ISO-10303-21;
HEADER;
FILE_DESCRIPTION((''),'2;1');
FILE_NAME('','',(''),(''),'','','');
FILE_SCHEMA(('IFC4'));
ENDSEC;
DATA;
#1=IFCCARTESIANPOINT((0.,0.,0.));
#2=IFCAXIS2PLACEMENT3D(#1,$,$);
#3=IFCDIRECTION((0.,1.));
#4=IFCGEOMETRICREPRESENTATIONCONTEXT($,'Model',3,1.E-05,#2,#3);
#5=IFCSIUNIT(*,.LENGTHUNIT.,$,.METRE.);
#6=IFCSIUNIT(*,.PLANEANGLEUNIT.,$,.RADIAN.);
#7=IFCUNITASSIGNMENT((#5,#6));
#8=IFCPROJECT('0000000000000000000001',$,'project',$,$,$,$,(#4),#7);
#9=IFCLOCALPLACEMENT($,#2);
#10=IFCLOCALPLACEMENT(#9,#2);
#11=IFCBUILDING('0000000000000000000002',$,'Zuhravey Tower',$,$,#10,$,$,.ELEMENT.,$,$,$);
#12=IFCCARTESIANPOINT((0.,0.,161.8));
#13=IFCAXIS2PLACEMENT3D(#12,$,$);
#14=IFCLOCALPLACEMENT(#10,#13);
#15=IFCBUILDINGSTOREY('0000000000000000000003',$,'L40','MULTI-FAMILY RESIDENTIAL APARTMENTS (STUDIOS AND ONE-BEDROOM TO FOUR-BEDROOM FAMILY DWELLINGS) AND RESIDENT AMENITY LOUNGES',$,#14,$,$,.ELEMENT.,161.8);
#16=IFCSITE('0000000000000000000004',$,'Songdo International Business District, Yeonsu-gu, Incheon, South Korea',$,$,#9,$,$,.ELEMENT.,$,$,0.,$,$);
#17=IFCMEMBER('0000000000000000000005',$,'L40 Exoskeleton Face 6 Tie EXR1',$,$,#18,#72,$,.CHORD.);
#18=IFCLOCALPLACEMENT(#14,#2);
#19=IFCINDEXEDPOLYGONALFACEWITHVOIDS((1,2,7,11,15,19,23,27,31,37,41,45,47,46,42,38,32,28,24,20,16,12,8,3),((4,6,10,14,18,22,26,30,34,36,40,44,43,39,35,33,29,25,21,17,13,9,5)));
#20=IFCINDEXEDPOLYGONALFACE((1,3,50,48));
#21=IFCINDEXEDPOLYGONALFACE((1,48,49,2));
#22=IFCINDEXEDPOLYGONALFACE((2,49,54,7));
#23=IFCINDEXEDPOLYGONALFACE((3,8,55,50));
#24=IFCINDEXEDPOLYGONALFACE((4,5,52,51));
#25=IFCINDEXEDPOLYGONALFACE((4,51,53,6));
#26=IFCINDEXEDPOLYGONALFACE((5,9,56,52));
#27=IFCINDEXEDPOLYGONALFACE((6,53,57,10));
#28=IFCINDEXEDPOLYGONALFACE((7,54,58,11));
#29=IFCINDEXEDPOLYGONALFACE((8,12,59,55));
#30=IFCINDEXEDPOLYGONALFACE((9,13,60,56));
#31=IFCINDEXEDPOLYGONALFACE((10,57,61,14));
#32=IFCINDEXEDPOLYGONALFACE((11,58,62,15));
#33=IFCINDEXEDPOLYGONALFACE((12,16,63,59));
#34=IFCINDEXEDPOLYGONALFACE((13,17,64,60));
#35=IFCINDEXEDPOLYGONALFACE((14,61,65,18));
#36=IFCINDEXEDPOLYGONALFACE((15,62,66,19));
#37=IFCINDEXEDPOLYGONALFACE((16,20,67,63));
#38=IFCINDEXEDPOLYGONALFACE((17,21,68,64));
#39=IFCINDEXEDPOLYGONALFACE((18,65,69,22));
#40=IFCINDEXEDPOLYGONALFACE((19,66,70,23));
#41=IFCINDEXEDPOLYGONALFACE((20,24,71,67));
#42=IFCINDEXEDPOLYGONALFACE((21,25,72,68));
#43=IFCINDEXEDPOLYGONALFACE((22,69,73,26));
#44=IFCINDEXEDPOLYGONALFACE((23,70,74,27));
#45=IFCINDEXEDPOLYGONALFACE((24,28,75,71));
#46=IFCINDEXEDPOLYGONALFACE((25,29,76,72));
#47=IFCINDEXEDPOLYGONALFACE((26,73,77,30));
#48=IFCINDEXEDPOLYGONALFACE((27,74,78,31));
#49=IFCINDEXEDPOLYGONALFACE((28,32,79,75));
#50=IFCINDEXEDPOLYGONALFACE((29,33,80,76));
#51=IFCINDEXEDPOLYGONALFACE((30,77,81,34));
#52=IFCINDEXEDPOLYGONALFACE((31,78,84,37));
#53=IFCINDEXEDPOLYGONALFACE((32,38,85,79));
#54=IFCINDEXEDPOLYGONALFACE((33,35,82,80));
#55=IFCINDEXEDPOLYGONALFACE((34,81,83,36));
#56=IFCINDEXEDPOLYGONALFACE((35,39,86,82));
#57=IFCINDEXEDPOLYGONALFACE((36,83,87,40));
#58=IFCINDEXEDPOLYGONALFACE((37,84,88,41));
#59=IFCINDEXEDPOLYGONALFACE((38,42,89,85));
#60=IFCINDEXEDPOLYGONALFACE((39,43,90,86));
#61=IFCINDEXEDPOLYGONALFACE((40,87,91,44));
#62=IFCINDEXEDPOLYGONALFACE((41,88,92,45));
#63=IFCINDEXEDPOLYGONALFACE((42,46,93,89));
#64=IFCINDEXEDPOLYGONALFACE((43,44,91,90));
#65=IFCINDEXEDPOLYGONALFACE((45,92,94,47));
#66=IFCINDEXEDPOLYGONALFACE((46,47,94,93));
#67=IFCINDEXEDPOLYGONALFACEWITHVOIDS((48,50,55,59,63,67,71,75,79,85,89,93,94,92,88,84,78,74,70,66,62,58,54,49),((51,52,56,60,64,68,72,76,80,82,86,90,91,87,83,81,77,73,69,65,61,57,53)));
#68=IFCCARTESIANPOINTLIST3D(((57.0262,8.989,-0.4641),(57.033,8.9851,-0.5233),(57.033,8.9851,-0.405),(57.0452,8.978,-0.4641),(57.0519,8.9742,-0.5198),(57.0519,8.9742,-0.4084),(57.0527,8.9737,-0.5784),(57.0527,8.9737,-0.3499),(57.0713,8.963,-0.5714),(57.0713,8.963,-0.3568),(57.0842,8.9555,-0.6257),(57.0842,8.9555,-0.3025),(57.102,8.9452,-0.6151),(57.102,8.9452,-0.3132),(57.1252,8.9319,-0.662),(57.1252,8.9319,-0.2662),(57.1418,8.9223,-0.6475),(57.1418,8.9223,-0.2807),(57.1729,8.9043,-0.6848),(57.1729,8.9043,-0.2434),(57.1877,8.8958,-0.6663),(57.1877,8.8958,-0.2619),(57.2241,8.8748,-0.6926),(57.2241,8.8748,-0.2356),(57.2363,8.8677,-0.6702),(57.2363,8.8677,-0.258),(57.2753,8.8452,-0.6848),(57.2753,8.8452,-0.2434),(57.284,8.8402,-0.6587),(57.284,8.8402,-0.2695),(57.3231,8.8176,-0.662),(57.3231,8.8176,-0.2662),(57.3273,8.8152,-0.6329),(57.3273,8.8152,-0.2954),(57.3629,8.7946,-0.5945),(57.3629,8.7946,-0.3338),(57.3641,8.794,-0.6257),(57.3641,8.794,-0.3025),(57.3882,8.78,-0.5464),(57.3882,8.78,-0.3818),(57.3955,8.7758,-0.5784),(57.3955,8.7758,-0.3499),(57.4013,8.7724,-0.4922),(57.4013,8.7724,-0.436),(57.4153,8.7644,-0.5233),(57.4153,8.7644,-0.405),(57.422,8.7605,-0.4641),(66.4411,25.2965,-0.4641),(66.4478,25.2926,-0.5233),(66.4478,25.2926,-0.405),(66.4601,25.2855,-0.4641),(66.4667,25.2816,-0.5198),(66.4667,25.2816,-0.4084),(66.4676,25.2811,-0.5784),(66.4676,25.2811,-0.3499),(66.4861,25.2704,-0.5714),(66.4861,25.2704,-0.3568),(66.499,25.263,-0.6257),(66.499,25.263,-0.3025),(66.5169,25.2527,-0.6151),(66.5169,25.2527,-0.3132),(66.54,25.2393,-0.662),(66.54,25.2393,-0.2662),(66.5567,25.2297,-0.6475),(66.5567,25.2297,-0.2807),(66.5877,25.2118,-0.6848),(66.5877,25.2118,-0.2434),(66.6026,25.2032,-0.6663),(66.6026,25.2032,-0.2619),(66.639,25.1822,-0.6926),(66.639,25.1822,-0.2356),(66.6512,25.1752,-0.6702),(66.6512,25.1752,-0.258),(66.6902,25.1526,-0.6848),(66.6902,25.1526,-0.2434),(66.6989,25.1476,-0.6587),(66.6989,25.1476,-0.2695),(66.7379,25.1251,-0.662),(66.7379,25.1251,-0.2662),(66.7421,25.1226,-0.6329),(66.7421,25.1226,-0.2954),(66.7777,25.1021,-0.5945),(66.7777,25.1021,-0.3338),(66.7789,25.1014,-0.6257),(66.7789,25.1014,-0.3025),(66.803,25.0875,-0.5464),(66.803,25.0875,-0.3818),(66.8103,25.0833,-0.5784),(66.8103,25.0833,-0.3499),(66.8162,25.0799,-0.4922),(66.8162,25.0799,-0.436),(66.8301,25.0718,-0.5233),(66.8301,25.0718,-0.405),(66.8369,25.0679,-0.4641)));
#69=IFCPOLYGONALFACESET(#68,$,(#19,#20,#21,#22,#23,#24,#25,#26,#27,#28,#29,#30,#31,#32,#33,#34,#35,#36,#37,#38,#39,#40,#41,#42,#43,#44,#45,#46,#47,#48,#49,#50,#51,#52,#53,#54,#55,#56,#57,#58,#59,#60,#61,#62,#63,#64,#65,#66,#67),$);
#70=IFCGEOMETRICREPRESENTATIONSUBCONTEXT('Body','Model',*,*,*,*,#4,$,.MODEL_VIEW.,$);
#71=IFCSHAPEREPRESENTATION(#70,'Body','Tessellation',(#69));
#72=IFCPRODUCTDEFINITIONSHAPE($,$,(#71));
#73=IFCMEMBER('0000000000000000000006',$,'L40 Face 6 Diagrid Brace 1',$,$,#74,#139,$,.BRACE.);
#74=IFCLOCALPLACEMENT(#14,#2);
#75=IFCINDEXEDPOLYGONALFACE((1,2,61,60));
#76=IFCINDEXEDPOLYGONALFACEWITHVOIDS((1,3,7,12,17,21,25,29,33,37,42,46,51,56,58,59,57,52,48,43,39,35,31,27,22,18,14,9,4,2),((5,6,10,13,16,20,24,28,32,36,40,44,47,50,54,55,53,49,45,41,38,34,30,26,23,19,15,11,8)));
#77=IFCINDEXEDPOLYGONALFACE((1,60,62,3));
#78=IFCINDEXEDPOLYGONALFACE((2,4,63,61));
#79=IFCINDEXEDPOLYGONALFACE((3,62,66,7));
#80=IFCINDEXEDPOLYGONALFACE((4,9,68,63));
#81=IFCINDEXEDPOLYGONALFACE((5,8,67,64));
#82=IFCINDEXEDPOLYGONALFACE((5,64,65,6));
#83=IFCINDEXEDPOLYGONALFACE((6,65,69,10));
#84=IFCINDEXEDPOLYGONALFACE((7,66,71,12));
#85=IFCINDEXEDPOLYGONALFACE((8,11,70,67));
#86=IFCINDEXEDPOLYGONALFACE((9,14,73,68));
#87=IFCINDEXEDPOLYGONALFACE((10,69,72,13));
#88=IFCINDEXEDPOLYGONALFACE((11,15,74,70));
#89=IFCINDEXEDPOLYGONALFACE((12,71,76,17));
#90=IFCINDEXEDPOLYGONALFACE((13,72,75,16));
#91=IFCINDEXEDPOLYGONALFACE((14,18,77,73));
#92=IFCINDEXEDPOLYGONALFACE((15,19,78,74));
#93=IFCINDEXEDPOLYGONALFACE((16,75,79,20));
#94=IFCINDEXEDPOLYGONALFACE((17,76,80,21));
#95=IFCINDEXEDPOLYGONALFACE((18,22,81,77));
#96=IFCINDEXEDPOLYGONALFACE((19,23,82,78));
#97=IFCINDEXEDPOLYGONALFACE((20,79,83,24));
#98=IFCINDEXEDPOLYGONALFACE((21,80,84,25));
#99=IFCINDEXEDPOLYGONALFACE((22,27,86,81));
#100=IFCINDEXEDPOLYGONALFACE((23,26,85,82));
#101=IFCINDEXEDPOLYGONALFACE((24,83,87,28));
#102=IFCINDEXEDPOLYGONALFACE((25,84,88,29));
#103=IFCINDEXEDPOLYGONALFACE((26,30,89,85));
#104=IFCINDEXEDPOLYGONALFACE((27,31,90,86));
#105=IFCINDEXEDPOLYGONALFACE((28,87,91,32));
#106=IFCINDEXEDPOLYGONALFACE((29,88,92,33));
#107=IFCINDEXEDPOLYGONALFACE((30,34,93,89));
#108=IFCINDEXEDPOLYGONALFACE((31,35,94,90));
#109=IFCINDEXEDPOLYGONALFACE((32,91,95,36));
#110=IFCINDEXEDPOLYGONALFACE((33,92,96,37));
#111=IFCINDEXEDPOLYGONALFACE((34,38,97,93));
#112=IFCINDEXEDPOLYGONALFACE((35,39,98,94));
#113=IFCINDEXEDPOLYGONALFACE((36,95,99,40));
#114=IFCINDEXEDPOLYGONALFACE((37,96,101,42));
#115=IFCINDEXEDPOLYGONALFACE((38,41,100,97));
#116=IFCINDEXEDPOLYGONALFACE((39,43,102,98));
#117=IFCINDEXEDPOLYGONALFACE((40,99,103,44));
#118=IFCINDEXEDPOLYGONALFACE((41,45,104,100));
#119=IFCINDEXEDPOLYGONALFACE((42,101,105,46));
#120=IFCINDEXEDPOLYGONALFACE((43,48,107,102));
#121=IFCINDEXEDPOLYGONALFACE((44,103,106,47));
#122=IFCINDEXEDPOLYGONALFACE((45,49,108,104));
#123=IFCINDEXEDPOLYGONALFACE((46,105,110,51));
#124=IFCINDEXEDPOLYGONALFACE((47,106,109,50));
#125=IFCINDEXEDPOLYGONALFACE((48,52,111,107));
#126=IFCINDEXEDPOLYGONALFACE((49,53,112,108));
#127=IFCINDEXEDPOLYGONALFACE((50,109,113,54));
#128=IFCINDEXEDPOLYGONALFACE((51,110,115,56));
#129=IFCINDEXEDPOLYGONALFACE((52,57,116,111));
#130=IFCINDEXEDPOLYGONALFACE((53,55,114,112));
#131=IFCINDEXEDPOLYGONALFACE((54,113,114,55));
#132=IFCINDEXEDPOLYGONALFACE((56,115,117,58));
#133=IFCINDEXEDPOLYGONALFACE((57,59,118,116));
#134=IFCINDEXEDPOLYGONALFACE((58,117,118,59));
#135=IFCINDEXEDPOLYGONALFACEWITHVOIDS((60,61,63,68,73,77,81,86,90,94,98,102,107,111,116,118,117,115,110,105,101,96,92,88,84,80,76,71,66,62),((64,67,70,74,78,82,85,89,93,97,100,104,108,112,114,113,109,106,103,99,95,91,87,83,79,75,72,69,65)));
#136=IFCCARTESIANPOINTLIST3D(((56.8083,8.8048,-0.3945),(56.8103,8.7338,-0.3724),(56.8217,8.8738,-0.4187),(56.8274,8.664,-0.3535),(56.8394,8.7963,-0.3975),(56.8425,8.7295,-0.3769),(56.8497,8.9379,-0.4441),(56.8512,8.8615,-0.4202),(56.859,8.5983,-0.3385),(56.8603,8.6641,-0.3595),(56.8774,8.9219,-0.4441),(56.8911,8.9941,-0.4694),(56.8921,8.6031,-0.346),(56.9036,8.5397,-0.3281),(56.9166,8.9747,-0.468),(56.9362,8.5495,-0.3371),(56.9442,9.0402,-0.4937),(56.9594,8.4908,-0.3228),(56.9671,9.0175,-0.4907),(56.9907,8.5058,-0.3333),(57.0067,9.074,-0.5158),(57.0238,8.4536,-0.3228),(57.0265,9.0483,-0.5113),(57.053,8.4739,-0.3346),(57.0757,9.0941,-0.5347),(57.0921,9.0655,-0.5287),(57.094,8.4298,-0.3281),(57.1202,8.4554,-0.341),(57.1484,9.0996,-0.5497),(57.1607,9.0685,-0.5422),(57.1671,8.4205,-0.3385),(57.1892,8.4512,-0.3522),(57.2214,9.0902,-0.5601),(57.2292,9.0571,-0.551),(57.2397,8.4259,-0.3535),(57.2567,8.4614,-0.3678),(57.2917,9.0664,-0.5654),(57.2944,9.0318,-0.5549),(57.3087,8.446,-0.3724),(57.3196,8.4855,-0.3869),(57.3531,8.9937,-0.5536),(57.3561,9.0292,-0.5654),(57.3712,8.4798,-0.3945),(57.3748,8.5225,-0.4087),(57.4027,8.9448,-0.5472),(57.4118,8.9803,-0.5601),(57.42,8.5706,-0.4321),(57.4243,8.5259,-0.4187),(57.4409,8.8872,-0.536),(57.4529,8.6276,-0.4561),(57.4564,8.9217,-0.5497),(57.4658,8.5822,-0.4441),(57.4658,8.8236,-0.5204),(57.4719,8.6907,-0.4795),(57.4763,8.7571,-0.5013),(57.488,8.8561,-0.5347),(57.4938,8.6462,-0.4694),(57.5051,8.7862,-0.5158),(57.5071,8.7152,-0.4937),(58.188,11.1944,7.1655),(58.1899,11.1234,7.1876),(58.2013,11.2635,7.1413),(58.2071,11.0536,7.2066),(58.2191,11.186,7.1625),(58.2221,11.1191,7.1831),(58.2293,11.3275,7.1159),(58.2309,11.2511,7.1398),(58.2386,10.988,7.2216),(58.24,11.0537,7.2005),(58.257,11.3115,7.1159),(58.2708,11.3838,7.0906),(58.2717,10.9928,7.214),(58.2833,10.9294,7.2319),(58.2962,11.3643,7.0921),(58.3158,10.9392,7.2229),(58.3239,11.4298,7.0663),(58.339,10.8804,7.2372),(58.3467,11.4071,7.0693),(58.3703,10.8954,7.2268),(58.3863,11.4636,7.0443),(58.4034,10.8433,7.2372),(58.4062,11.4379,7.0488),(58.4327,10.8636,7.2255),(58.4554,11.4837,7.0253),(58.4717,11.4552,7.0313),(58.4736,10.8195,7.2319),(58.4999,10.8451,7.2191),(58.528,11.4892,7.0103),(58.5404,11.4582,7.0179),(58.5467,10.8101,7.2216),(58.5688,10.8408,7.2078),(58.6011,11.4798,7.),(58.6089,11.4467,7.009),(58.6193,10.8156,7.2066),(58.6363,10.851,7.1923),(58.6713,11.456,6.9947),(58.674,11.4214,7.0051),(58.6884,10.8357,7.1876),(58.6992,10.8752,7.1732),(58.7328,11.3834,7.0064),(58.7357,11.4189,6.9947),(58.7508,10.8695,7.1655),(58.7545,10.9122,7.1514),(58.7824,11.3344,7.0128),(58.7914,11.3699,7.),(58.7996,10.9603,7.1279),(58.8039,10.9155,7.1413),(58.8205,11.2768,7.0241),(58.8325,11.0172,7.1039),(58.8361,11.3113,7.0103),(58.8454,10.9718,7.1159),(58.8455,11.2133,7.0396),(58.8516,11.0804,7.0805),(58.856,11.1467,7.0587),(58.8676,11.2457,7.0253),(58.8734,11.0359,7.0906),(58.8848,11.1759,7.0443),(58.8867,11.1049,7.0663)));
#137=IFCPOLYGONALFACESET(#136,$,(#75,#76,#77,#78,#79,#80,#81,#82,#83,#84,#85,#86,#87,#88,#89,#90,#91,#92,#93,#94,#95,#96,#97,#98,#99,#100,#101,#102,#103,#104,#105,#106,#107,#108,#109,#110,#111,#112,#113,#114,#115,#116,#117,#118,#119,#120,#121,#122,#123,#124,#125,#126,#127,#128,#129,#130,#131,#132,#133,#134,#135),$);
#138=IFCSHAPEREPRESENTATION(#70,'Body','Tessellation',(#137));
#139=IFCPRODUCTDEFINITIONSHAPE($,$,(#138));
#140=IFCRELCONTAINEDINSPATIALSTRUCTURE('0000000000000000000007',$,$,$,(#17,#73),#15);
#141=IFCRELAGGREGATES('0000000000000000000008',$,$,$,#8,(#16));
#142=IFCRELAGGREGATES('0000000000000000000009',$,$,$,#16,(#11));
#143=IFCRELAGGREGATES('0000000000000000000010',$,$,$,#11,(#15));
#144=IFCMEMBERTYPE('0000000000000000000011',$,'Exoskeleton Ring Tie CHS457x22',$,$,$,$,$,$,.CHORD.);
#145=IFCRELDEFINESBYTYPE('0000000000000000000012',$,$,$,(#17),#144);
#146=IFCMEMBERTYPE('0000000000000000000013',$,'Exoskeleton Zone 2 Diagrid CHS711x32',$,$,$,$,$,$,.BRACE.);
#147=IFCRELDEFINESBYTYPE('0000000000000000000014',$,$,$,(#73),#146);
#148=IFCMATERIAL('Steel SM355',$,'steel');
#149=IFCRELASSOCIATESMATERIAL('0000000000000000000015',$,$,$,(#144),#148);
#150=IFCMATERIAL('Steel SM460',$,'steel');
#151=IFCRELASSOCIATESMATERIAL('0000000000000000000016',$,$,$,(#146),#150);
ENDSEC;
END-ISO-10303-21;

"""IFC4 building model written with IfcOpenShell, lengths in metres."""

from ifc_helpers import new_model, si_unit, direction, frame, origin, origin_2d, place, context, subcontext, project, spatial, hollow_circle, extrude, material, material_profile, profile_set, type_object, element, save


model = new_model("IFC4")

# Units and contexts
model_context = context("Model", 3, precision=1e-05, world=origin(), true_north=direction((0.0, 1.0)))
body_context = subcontext(model_context, "Body", "Model", "MODEL_VIEW")
ifc_project = project(units=[si_unit("LENGTHUNIT", "METRE"), si_unit("PLANEANGLEUNIT", "RADIAN")], contexts=[model_context])

# Site, building, storey
site_placement = place(None, origin())
site = spatial("IfcSite", under=ifc_project, at=site_placement, Name="Songdo International Business District, Yeonsu-gu, Incheon, South Korea", CompositionType="ELEMENT", RefElevation=0.0)
building_placement = place(site_placement, origin())
building = spatial("IfcBuilding", under=site, at=building_placement, Name="Zuhravey Tower", CompositionType="ELEMENT")
storey_placement = place(building_placement, frame((0.0, 0.0, 161.8)))
storey = spatial("IfcBuildingStorey", under=building, at=storey_placement, Name="L40", Description="MULTI-FAMILY RESIDENTIAL APARTMENTS (STUDIOS AND ONE-BEDROOM TO FOUR-BEDROOM FAMILY DWELLINGS) AND RESIDENT AMENITY LOUNGES", CompositionType="ELEMENT", Elevation=161.8)

# Members
ifc_material_1 = material(Name="Steel SM355", Category="steel")
ifc_material_profile_1 = material_profile(ifc_material_1, hollow_circle(Radius=0.2285, WallThickness=0.022, at=origin_2d()), Name="CHS-457.2x22")
ifc_profile_set_1 = profile_set([ifc_material_profile_1], Name="Steel SM355")
member_type_1 = type_object("IfcMemberType", Name="Exoskeleton Ring Tie CHS457x22", PredefinedType="CHORD", material=ifc_profile_set_1)
member_1_placement = place(storey_placement, frame((57.2241, 8.8748, -0.4641), z_axis=(0.499989, 0.866032, 0.0), x_axis=(-0.866032, 0.499989, 0.0)))
element("IfcMember", 1, at=member_1_placement, inside=storey, type_object=member_type_1, Name="L40 Exoskeleton Face 6 Tie EXR1", PredefinedType="CHORD", context=body_context, shape_type="SweptSolid", body=[
    extrude(hollow_circle(Radius=0.2285, WallThickness=0.022, at=origin_2d()), origin(), (0.0, 0.0, 1.0), 18.8301),
])
ifc_material_2 = material(Name="Steel SM460", Category="steel")
ifc_material_profile_2 = material_profile(ifc_material_2, hollow_circle(Radius=0.3557, WallThickness=0.032, at=origin_2d()), Name="CHS-711.2x32")
ifc_profile_set_2 = profile_set([ifc_material_profile_2], Name="Steel SM460")
member_type_2 = type_object("IfcMemberType", Name="Exoskeleton Zone 2 Diagrid CHS711x32", PredefinedType="BRACE", material=ifc_profile_set_2)
member_2_placement = place(storey_placement, frame((57.1577, 8.76, -0.4441), z_axis=(0.171429, 0.296929, 0.939386), x_axis=(-0.866029, 0.499993, 0.0)))
element("IfcMember", 2, at=member_2_placement, inside=storey, type_object=member_type_2, Name="L40 Face 6 Diagrid Brace 1", PredefinedType="BRACE", context=body_context, shape_type="SweptSolid", body=[
    extrude(hollow_circle(Radius=0.3557, WallThickness=0.032, at=origin_2d()), origin(), (0.0, 0.0, 1.0), 8.0479),
])

save(model, "model.ifc")
